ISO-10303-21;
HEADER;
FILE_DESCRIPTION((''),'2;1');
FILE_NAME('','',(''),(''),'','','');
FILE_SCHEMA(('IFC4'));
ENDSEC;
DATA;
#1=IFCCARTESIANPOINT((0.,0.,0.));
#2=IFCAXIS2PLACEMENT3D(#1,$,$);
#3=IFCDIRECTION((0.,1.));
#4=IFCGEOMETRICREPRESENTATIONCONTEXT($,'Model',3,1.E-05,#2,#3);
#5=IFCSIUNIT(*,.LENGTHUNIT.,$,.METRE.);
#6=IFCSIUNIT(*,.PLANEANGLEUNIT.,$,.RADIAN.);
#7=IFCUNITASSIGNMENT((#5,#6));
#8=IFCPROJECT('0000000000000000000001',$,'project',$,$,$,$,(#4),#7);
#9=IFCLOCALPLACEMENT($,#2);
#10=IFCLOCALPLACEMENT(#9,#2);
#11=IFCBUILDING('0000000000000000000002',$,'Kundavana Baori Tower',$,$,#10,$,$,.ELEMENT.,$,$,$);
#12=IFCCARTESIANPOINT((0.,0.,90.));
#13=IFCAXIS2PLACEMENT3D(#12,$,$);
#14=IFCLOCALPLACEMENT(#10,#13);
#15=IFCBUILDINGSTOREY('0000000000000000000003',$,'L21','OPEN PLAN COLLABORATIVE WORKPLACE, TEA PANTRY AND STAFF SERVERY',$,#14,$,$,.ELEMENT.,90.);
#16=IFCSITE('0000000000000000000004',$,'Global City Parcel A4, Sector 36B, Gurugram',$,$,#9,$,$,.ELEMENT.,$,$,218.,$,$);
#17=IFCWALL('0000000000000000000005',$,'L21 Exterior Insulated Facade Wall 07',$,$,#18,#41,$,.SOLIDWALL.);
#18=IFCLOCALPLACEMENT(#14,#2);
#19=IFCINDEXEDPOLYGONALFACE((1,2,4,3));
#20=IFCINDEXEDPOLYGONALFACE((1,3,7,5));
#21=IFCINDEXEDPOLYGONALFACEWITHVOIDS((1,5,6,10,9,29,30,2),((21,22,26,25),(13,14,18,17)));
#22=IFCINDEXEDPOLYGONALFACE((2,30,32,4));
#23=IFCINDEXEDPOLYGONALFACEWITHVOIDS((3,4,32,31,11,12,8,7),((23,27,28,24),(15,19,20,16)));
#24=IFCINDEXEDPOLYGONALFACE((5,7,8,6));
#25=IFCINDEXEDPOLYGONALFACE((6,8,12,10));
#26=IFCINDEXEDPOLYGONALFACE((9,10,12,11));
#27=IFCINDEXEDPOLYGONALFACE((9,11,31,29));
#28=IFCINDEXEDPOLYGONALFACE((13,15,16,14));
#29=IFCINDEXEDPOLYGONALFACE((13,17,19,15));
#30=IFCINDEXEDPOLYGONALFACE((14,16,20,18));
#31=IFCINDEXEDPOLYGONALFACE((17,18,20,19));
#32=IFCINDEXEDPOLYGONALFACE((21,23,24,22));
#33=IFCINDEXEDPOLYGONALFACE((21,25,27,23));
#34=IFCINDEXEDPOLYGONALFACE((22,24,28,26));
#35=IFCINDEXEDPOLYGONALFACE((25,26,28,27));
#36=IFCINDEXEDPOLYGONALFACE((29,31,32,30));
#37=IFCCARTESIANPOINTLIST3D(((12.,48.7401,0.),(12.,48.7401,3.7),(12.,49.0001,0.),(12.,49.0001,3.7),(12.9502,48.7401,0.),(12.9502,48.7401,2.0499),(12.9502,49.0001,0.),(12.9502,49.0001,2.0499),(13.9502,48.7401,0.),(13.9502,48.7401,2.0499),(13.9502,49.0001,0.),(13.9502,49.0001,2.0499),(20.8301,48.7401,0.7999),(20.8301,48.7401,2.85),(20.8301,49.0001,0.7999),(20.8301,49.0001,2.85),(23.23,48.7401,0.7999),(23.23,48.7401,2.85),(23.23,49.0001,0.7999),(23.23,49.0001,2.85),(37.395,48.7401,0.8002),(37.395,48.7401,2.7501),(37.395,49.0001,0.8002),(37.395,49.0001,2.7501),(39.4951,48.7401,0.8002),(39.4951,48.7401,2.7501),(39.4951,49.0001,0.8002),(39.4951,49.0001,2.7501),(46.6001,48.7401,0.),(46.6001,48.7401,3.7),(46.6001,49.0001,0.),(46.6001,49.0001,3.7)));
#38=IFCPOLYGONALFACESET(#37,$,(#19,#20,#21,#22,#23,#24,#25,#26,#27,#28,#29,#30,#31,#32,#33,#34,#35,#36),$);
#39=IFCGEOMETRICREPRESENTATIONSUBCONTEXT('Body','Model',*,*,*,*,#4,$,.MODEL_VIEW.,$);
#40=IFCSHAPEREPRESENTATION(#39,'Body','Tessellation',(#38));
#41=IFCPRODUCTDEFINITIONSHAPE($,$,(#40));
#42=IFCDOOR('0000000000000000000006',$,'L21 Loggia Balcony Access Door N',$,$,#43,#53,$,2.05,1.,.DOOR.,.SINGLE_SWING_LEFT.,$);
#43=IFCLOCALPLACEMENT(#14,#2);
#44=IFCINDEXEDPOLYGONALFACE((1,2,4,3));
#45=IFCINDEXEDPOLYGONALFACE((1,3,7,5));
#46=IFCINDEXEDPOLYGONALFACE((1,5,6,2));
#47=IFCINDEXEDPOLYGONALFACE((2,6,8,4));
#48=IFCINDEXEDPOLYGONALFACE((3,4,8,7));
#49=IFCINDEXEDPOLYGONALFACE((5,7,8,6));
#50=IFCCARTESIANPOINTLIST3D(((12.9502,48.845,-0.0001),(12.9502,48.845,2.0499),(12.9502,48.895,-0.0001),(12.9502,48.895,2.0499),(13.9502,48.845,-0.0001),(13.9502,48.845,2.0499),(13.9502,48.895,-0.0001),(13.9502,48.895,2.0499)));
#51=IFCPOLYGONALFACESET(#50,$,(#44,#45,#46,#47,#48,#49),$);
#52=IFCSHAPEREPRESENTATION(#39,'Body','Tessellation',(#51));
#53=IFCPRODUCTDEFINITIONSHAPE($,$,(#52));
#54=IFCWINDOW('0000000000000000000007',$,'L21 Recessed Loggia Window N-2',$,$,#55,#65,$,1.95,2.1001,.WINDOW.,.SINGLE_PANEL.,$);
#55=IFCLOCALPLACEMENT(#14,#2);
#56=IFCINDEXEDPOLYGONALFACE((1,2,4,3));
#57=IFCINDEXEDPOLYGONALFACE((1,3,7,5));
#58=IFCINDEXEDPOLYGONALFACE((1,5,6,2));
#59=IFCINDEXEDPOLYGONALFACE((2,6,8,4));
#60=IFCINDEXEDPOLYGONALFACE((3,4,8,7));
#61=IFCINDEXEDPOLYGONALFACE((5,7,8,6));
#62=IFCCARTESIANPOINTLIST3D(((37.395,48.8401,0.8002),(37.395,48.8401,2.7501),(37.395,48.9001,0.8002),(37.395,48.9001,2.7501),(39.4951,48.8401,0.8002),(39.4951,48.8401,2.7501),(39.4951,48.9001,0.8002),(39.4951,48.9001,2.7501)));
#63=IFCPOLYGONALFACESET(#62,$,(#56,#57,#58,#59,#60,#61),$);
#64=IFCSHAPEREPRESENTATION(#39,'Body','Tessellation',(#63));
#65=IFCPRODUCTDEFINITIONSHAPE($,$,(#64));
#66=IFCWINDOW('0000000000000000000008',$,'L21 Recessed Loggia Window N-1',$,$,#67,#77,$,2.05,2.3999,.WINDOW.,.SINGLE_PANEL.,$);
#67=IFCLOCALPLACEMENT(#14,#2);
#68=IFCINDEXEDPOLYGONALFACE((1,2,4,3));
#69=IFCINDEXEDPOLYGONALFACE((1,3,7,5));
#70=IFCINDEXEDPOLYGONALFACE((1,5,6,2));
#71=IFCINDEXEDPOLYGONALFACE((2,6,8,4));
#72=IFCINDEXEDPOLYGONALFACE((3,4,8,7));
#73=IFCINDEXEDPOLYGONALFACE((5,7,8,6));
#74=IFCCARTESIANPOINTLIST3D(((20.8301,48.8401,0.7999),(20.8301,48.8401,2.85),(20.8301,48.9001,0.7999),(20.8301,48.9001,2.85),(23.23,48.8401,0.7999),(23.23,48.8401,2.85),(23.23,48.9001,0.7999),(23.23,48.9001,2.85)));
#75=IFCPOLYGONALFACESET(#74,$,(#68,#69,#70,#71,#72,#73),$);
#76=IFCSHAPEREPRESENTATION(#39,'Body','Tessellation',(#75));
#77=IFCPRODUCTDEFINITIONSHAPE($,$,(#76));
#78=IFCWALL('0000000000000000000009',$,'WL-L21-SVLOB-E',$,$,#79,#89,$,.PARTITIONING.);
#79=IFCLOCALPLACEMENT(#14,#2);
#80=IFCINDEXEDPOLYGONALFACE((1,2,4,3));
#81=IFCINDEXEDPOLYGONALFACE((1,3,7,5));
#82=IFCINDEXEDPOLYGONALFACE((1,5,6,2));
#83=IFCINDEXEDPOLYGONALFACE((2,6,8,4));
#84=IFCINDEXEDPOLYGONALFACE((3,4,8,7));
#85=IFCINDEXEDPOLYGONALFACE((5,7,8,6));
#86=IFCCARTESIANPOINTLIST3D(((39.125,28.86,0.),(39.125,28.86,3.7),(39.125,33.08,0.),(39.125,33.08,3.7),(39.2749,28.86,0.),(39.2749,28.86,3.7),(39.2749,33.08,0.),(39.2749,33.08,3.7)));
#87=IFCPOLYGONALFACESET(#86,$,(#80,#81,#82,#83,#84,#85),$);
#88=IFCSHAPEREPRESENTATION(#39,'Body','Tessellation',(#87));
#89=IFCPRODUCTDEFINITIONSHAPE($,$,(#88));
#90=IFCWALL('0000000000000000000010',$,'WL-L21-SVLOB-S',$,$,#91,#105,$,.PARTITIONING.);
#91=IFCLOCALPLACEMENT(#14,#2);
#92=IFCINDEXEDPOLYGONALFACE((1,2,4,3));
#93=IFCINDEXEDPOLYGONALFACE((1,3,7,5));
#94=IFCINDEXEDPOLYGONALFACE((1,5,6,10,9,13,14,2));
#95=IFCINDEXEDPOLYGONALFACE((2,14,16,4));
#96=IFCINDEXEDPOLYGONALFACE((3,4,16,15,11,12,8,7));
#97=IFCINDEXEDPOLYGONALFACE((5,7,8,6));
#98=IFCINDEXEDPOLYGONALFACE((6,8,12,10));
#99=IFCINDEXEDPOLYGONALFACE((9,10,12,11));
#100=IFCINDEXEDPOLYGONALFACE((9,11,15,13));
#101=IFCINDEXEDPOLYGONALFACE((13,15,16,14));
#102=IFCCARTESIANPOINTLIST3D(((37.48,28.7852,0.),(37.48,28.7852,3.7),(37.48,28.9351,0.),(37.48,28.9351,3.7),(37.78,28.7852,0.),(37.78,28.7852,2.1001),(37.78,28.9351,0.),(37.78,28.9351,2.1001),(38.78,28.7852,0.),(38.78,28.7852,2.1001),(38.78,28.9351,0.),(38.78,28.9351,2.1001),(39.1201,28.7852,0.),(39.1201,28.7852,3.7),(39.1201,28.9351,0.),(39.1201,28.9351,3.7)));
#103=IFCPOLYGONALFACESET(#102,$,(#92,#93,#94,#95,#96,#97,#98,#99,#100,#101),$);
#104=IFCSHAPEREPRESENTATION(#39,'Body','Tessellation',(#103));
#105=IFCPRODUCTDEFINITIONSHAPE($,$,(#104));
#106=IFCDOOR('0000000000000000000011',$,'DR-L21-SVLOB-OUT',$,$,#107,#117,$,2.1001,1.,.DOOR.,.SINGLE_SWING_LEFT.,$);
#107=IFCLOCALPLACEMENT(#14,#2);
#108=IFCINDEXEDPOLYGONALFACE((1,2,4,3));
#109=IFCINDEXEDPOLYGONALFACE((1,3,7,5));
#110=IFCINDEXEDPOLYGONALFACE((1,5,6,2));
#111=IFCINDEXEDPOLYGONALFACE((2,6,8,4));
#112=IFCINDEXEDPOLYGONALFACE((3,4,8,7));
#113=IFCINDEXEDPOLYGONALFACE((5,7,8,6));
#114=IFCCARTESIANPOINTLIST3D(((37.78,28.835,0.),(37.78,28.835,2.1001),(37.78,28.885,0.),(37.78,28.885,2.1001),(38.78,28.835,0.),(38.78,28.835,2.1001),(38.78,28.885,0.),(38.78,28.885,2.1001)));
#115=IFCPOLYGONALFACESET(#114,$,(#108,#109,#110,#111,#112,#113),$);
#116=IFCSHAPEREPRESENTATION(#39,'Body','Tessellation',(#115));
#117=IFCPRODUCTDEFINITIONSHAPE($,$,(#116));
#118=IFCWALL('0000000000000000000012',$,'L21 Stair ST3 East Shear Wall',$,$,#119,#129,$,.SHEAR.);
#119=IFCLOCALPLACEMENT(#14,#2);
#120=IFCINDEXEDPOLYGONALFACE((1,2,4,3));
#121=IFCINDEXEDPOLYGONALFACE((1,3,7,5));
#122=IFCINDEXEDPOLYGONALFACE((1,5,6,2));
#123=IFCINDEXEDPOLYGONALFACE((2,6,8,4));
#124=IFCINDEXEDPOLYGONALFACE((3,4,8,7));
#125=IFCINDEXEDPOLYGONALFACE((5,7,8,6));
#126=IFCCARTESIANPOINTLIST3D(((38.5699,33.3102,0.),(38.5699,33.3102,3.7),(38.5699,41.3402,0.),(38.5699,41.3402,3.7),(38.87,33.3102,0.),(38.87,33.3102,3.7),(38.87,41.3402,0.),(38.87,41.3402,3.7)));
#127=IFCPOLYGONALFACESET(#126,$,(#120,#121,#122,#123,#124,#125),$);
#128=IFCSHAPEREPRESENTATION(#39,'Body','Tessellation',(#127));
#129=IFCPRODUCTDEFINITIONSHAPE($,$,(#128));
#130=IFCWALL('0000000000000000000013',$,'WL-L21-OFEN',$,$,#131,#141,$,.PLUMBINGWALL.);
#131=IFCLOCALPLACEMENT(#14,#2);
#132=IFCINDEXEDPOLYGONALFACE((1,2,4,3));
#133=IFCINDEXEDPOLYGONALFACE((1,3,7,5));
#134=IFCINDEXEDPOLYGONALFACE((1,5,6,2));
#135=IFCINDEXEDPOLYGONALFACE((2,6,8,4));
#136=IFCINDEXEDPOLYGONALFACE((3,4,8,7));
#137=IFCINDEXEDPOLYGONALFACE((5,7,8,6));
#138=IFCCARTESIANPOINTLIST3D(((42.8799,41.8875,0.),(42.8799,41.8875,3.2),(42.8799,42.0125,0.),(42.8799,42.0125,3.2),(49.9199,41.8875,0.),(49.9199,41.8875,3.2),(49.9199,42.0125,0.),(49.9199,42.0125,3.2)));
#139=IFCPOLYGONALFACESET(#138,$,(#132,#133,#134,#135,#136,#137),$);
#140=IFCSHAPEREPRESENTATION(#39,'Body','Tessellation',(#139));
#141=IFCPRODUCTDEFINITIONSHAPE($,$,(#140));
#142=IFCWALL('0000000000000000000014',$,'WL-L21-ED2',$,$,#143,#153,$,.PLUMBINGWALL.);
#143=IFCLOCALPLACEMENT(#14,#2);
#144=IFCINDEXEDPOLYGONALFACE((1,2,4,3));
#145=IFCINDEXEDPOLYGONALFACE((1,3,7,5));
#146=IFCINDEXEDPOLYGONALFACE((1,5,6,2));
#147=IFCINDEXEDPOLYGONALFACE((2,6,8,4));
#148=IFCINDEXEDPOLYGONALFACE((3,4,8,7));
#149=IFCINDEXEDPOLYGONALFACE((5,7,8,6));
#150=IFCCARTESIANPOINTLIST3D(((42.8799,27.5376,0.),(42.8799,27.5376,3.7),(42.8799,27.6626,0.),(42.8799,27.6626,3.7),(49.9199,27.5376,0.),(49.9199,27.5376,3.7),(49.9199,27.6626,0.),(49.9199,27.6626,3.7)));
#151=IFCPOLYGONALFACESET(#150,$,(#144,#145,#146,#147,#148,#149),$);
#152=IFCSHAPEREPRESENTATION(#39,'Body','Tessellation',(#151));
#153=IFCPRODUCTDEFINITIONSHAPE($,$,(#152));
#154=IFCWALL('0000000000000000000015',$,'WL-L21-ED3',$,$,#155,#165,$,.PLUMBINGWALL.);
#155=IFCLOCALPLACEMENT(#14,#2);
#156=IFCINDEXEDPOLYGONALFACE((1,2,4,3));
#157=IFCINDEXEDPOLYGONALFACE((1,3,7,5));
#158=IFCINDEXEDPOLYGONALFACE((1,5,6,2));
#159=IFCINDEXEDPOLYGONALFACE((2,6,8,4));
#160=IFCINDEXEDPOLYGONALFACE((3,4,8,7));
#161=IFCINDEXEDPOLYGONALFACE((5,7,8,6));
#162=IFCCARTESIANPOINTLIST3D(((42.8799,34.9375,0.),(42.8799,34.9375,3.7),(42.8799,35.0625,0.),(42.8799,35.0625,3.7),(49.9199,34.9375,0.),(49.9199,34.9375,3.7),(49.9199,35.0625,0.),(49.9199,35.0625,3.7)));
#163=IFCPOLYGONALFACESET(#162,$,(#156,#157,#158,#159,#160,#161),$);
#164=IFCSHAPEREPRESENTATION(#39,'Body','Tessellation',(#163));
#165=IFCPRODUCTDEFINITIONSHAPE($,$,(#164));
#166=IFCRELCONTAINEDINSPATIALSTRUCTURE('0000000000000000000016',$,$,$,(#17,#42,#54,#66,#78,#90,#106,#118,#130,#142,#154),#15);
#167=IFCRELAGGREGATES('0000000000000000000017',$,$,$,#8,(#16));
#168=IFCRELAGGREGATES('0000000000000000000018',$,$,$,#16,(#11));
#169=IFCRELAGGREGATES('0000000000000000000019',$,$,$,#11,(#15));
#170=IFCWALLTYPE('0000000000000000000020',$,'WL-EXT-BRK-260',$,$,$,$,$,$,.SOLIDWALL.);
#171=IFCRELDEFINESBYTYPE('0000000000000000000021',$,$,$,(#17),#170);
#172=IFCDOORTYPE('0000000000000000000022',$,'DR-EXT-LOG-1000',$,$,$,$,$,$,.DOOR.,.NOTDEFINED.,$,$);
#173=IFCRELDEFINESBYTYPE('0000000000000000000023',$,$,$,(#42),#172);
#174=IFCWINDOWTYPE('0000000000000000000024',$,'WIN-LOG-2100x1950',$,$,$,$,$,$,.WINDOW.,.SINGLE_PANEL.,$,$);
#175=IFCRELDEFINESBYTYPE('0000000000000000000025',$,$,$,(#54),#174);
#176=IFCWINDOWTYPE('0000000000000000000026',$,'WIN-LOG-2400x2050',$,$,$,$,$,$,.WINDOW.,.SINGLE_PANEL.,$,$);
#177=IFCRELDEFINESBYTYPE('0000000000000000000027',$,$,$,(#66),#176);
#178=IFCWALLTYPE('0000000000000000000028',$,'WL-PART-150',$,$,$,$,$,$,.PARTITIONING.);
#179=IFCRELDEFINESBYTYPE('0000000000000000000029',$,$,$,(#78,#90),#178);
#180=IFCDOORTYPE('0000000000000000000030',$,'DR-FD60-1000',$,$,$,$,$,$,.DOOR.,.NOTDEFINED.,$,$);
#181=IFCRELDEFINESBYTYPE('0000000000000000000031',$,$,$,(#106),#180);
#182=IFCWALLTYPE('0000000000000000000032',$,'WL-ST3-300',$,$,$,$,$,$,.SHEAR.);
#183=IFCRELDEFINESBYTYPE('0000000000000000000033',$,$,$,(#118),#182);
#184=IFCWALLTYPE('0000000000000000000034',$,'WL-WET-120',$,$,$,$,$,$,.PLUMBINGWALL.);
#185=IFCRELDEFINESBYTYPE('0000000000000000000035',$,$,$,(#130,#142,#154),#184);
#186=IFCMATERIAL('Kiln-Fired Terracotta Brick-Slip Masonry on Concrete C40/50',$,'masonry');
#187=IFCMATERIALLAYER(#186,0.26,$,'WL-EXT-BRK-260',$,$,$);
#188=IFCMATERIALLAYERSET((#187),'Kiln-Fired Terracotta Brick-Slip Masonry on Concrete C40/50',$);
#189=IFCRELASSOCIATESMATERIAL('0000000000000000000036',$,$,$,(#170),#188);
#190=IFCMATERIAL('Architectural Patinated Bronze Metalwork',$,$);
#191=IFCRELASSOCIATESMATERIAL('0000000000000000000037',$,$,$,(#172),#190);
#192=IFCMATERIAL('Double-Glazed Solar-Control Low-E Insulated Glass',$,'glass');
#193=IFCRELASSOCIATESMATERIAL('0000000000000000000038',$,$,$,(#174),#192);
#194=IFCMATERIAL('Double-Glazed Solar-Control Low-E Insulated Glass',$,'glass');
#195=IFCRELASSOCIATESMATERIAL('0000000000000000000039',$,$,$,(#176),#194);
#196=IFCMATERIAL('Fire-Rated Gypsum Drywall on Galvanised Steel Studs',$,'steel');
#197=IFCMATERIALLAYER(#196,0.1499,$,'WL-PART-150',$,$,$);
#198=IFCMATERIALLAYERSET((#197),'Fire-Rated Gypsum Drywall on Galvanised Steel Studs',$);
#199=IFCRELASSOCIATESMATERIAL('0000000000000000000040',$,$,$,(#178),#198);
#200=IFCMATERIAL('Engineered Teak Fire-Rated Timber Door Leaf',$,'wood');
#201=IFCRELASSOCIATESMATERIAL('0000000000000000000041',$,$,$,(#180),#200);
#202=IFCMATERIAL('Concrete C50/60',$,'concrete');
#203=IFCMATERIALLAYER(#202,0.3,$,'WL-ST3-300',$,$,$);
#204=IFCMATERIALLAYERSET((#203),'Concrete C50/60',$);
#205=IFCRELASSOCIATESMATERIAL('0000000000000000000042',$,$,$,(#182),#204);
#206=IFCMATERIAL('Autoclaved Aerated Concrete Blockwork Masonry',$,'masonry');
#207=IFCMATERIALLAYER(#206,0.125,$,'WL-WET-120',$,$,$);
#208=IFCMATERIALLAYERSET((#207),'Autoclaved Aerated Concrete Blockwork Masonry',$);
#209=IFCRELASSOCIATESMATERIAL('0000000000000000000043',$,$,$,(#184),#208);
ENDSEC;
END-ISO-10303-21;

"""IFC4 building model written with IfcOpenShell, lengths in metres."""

from ifc_helpers import new_model, si_unit, direction, frame, frame_2d, origin, place, context, subcontext, project, spatial, rectangle, extrude, material, layer, layer_set, type_object, element, fill, save


model = new_model("IFC4")

# Units and contexts
model_context = context("Model", 3, precision=1e-05, world=origin(), true_north=direction((0.0, 1.0)))
body_context = subcontext(model_context, "Body", "Model", "MODEL_VIEW")
ifc_project = project(units=[si_unit("LENGTHUNIT", "METRE"), si_unit("PLANEANGLEUNIT", "RADIAN")], contexts=[model_context])

# Site, building, storey
site_placement = place(None, origin())
site = spatial("IfcSite", under=ifc_project, at=site_placement, Name="Global City Parcel A4, Sector 36B, Gurugram", CompositionType="ELEMENT", RefElevation=218.0)
building_placement = place(site_placement, origin())
building = spatial("IfcBuilding", under=site, at=building_placement, Name="Kundavana Baori Tower", CompositionType="ELEMENT")
storey_placement = place(building_placement, frame((0.0, 0.0, 90.0)))
storey = spatial("IfcBuildingStorey", under=building, at=storey_placement, Name="L21", Description="OPEN PLAN COLLABORATIVE WORKPLACE, TEA PANTRY AND STAFF SERVERY", CompositionType="ELEMENT", Elevation=90.0)

# Shared definitions
ifc_material_1 = material(Name="Kiln-Fired Terracotta Brick-Slip Masonry on Concrete C40/50", Category="masonry")
ifc_layer_1 = layer(ifc_material_1, 0.26, Name="WL-EXT-BRK-260")
ifc_layer_set_1 = layer_set([ifc_layer_1], Name="Kiln-Fired Terracotta Brick-Slip Masonry on Concrete C40/50")
wall_type_1 = type_object("IfcWallType", Name="WL-EXT-BRK-260", PredefinedType="SOLIDWALL", material=ifc_layer_set_1)

# Wall, openings, door, windows
wall_1_placement = place(storey_placement, frame((46.6001, 48.8701, 0.0), z_axis=(0.0, 0.0, 1.0), x_axis=(-1.0, 0.0, 0.0)))
wall_1 = element("IfcWall", 1, at=wall_1_placement, inside=storey, type_object=wall_type_1, Name="L21 Exterior Insulated Facade Wall 07", PredefinedType="SOLIDWALL", context=body_context, shape_type="SweptSolid", body=[
    extrude(rectangle(XDim=34.6001, YDim=0.26, at=frame_2d((17.3, 0.0))), origin(), (0.0, 0.0, 1.0), 3.7),
])
opening_1_placement = place(wall_1_placement, frame((32.6499, 0.0, 0.0)))
opening_1 = element("IfcOpeningElement", 2, at=opening_1_placement, cuts=wall_1, PredefinedType="OPENING", context=body_context, shape_type="SweptSolid", body=[
    extrude(rectangle(XDim=1.0, YDim=2.05, at=frame_2d((0.5, 1.0249))), frame((0.0, 0.1401, 0.0), z_axis=(0.0, -1.0, 0.0), x_axis=(1.0, 0.0, 0.0)), (0.0, 0.0, 1.0), 0.28),
])
opening_2_placement = place(wall_1_placement, frame((23.3701, 0.0, 0.8)))
opening_2 = element("IfcOpeningElement", 3, at=opening_2_placement, cuts=wall_1, PredefinedType="OPENING", context=body_context, shape_type="SweptSolid", body=[
    extrude(rectangle(XDim=2.3999, YDim=2.05, at=frame_2d((1.2, 1.0249))), frame((0.0, 0.1401, 0.0), z_axis=(0.0, -1.0, 0.0), x_axis=(1.0, 0.0, 0.0)), (0.0, 0.0, 1.0), 0.28),
])
opening_3_placement = place(wall_1_placement, frame((7.105, 0.0, 0.8)))
opening_3 = element("IfcOpeningElement", 4, at=opening_3_placement, cuts=wall_1, PredefinedType="OPENING", context=body_context, shape_type="SweptSolid", body=[
    extrude(rectangle(XDim=2.1001, YDim=1.95, at=frame_2d((1.05, 0.9751))), frame((0.0, 0.1401, 0.0), z_axis=(0.0, -1.0, 0.0), x_axis=(1.0, 0.0, 0.0)), (0.0, 0.0, 1.0), 0.28),
])
ifc_material_2 = material(Name="Architectural Patinated Bronze Metalwork")
door_type_1 = type_object("IfcDoorType", Name="DR-EXT-LOG-1000", OperationType="NOTDEFINED", PredefinedType="DOOR", material=ifc_material_2)
door_1_placement = place(opening_1_placement, frame((1.0, 0.0, 0.0), z_axis=(0.0, 0.0, 1.0), x_axis=(-1.0, 0.0, 0.0)))
door_1 = element("IfcDoor", 5, at=door_1_placement, inside=storey, type_object=door_type_1, Name="L21 Loggia Balcony Access Door N", OperationType="SINGLE_SWING_LEFT", OverallHeight=2.05, OverallWidth=1.0, PredefinedType="DOOR", context=body_context, shape_type="SweptSolid", body=[
    extrude(rectangle(XDim=1.0, YDim=2.05, at=frame_2d((0.5, 1.0249))), frame((0.0, 0.0249, 0.0), z_axis=(0.0, -1.0, 0.0), x_axis=(1.0, 0.0, 0.0)), (0.0, 0.0, 1.0), 0.05),
])
fill(opening_1, door_1)
ifc_material_3 = material(Name="Double-Glazed Solar-Control Low-E Insulated Glass", Category="glass")
window_type_1 = type_object("IfcWindowType", Name="WIN-LOG-2100x1950", PartitioningType="SINGLE_PANEL", PredefinedType="WINDOW", material=ifc_material_3)
window_1_placement = place(opening_3_placement, origin())
window_1 = element("IfcWindow", 6, at=window_1_placement, inside=storey, type_object=window_type_1, Name="L21 Recessed Loggia Window N-2", OverallHeight=1.95, OverallWidth=2.1001, PartitioningType="SINGLE_PANEL", PredefinedType="WINDOW", context=body_context, shape_type="SweptSolid", body=[
    extrude(rectangle(XDim=2.1001, YDim=1.95, at=frame_2d((1.05, 0.9751))), frame((0.0, 0.03, 0.0), z_axis=(0.0, -1.0, 0.0), x_axis=(1.0, 0.0, 0.0)), (0.0, 0.0, 1.0), 0.0601),
])
fill(opening_3, window_1)
ifc_material_4 = material(Name="Double-Glazed Solar-Control Low-E Insulated Glass", Category="glass")
window_type_2 = type_object("IfcWindowType", Name="WIN-LOG-2400x2050", PartitioningType="SINGLE_PANEL", PredefinedType="WINDOW", material=ifc_material_4)
window_2_placement = place(opening_2_placement, origin())
window_2 = element("IfcWindow", 7, at=window_2_placement, inside=storey, type_object=window_type_2, Name="L21 Recessed Loggia Window N-1", OverallHeight=2.05, OverallWidth=2.3999, PartitioningType="SINGLE_PANEL", PredefinedType="WINDOW", context=body_context, shape_type="SweptSolid", body=[
    extrude(rectangle(XDim=2.3999, YDim=2.05, at=frame_2d((1.2, 1.0249))), frame((0.0, 0.03, 0.0), z_axis=(0.0, -1.0, 0.0), x_axis=(1.0, 0.0, 0.0)), (0.0, 0.0, 1.0), 0.0601),
])
fill(opening_2, window_2)

# Wall
ifc_material_5 = material(Name="Fire-Rated Gypsum Drywall on Galvanised Steel Studs", Category="steel")
ifc_layer_2 = layer(ifc_material_5, 0.1499, Name="WL-PART-150")
ifc_layer_set_2 = layer_set([ifc_layer_2], Name="Fire-Rated Gypsum Drywall on Galvanised Steel Studs")
wall_type_2 = type_object("IfcWallType", Name="WL-PART-150", PredefinedType="PARTITIONING", material=ifc_layer_set_2)
wall_2_placement = place(storey_placement, frame((39.2, 28.8601, 0.0), z_axis=(0.0, 0.0, 1.0), x_axis=(0.0, 1.0, 0.0)))
element("IfcWall", 8, at=wall_2_placement, inside=storey, type_object=wall_type_2, Name="WL-L21-SVLOB-E", PredefinedType="PARTITIONING", context=body_context, shape_type="SweptSolid", body=[
    extrude(rectangle(XDim=4.22, YDim=0.1499, at=frame_2d((2.1099, 0.0))), origin(), (0.0, 0.0, 1.0), 3.7),
])

# Wall, opening, door
wall_3_placement = place(storey_placement, frame((37.48, 28.8601, 0.0), z_axis=(0.0, 0.0, 1.0), x_axis=(1.0, 0.0, 0.0)))
wall_3 = element("IfcWall", 9, at=wall_3_placement, inside=storey, type_object=wall_type_2, Name="WL-L21-SVLOB-S", PredefinedType="PARTITIONING", context=body_context, shape_type="SweptSolid", body=[
    extrude(rectangle(XDim=1.6401, YDim=0.1499, at=frame_2d((0.8201, 0.0))), origin(), (0.0, 0.0, 1.0), 3.7),
])
opening_4_placement = place(wall_3_placement, frame((0.3, 0.0, 0.0)))
opening_4 = element("IfcOpeningElement", 10, at=opening_4_placement, cuts=wall_3, PredefinedType="OPENING", context=body_context, shape_type="SweptSolid", body=[
    extrude(rectangle(XDim=1.0, YDim=2.1001, at=frame_2d((0.5, 1.05))), frame((0.0, 0.085, 0.0), z_axis=(0.0, -1.0, 0.0), x_axis=(1.0, 0.0, 0.0)), (0.0, 0.0, 1.0), 0.1699),
])
ifc_material_6 = material(Name="Engineered Teak Fire-Rated Timber Door Leaf", Category="wood")
door_type_2 = type_object("IfcDoorType", Name="DR-FD60-1000", OperationType="NOTDEFINED", PredefinedType="DOOR", material=ifc_material_6)
door_2_placement = place(opening_4_placement, origin())
door_2 = element("IfcDoor", 11, at=door_2_placement, inside=storey, type_object=door_type_2, Name="DR-L21-SVLOB-OUT", OperationType="SINGLE_SWING_LEFT", OverallHeight=2.1001, OverallWidth=1.0, PredefinedType="DOOR", context=body_context, shape_type="SweptSolid", body=[
    extrude(rectangle(XDim=1.0, YDim=2.1001, at=frame_2d((0.5, 1.05))), frame((0.0, 0.0249, 0.0), z_axis=(0.0, -1.0, 0.0), x_axis=(1.0, 0.0, 0.0)), (0.0, 0.0, 1.0), 0.05),
])
fill(opening_4, door_2)

# Walls
ifc_material_7 = material(Name="Concrete C50/60", Category="concrete")
ifc_layer_3 = layer(ifc_material_7, 0.3, Name="WL-ST3-300")
ifc_layer_set_3 = layer_set([ifc_layer_3], Name="Concrete C50/60")
wall_type_3 = type_object("IfcWallType", Name="WL-ST3-300", PredefinedType="SHEAR", material=ifc_layer_set_3)
wall_4_placement = place(storey_placement, frame((38.72, 33.3101, 0.0), z_axis=(0.0, 0.0, 1.0), x_axis=(0.0, 1.0, 0.0)))
element("IfcWall", 12, at=wall_4_placement, inside=storey, type_object=wall_type_3, Name="L21 Stair ST3 East Shear Wall", PredefinedType="SHEAR", context=body_context, shape_type="SweptSolid", body=[
    extrude(rectangle(XDim=8.03, YDim=0.3, at=frame_2d((4.0151, 0.0))), origin(), (0.0, 0.0, 1.0), 3.7),
])
ifc_material_8 = material(Name="Autoclaved Aerated Concrete Blockwork Masonry", Category="masonry")
ifc_layer_4 = layer(ifc_material_8, 0.125, Name="WL-WET-120")
ifc_layer_set_4 = layer_set([ifc_layer_4], Name="Autoclaved Aerated Concrete Blockwork Masonry")
wall_type_4 = type_object("IfcWallType", Name="WL-WET-120", PredefinedType="PLUMBINGWALL", material=ifc_layer_set_4)
wall_5_placement = place(storey_placement, frame((42.8799, 41.95, 0.0), z_axis=(0.0, 0.0, 1.0), x_axis=(1.0, 0.0, 0.0)))
element("IfcWall", 13, at=wall_5_placement, inside=storey, type_object=wall_type_4, Name="WL-L21-OFEN", PredefinedType="PLUMBINGWALL", context=body_context, shape_type="SweptSolid", body=[
    extrude(rectangle(XDim=7.04, YDim=0.125, at=frame_2d((3.52, 0.0))), origin(), (0.0, 0.0, 1.0), 3.2),
])
for number, where, z_axis, x_axis, name in (
    (14, (42.8799, 27.6001, 0.0), (0.0, 0.0, 1.0), (1.0, 0.0, 0.0), "WL-L21-ED2"),
    (15, (42.8799, 35.0, 0.0), (0.0, 0.0, 1.0), (1.0, 0.0, 0.0), "WL-L21-ED3"),
):
    element("IfcWall", number, at=place(storey_placement, frame(where, z_axis=z_axis, x_axis=x_axis)), inside=storey, type_object=wall_type_4, Name=name, PredefinedType="PLUMBINGWALL", context=body_context, shape_type="SweptSolid", body=[
        extrude(rectangle(XDim=7.04, YDim=0.125, at=frame_2d((3.52, 0.0))), origin(), (0.0, 0.0, 1.0), 3.7),
    ])

save(model, "model.ifc")
